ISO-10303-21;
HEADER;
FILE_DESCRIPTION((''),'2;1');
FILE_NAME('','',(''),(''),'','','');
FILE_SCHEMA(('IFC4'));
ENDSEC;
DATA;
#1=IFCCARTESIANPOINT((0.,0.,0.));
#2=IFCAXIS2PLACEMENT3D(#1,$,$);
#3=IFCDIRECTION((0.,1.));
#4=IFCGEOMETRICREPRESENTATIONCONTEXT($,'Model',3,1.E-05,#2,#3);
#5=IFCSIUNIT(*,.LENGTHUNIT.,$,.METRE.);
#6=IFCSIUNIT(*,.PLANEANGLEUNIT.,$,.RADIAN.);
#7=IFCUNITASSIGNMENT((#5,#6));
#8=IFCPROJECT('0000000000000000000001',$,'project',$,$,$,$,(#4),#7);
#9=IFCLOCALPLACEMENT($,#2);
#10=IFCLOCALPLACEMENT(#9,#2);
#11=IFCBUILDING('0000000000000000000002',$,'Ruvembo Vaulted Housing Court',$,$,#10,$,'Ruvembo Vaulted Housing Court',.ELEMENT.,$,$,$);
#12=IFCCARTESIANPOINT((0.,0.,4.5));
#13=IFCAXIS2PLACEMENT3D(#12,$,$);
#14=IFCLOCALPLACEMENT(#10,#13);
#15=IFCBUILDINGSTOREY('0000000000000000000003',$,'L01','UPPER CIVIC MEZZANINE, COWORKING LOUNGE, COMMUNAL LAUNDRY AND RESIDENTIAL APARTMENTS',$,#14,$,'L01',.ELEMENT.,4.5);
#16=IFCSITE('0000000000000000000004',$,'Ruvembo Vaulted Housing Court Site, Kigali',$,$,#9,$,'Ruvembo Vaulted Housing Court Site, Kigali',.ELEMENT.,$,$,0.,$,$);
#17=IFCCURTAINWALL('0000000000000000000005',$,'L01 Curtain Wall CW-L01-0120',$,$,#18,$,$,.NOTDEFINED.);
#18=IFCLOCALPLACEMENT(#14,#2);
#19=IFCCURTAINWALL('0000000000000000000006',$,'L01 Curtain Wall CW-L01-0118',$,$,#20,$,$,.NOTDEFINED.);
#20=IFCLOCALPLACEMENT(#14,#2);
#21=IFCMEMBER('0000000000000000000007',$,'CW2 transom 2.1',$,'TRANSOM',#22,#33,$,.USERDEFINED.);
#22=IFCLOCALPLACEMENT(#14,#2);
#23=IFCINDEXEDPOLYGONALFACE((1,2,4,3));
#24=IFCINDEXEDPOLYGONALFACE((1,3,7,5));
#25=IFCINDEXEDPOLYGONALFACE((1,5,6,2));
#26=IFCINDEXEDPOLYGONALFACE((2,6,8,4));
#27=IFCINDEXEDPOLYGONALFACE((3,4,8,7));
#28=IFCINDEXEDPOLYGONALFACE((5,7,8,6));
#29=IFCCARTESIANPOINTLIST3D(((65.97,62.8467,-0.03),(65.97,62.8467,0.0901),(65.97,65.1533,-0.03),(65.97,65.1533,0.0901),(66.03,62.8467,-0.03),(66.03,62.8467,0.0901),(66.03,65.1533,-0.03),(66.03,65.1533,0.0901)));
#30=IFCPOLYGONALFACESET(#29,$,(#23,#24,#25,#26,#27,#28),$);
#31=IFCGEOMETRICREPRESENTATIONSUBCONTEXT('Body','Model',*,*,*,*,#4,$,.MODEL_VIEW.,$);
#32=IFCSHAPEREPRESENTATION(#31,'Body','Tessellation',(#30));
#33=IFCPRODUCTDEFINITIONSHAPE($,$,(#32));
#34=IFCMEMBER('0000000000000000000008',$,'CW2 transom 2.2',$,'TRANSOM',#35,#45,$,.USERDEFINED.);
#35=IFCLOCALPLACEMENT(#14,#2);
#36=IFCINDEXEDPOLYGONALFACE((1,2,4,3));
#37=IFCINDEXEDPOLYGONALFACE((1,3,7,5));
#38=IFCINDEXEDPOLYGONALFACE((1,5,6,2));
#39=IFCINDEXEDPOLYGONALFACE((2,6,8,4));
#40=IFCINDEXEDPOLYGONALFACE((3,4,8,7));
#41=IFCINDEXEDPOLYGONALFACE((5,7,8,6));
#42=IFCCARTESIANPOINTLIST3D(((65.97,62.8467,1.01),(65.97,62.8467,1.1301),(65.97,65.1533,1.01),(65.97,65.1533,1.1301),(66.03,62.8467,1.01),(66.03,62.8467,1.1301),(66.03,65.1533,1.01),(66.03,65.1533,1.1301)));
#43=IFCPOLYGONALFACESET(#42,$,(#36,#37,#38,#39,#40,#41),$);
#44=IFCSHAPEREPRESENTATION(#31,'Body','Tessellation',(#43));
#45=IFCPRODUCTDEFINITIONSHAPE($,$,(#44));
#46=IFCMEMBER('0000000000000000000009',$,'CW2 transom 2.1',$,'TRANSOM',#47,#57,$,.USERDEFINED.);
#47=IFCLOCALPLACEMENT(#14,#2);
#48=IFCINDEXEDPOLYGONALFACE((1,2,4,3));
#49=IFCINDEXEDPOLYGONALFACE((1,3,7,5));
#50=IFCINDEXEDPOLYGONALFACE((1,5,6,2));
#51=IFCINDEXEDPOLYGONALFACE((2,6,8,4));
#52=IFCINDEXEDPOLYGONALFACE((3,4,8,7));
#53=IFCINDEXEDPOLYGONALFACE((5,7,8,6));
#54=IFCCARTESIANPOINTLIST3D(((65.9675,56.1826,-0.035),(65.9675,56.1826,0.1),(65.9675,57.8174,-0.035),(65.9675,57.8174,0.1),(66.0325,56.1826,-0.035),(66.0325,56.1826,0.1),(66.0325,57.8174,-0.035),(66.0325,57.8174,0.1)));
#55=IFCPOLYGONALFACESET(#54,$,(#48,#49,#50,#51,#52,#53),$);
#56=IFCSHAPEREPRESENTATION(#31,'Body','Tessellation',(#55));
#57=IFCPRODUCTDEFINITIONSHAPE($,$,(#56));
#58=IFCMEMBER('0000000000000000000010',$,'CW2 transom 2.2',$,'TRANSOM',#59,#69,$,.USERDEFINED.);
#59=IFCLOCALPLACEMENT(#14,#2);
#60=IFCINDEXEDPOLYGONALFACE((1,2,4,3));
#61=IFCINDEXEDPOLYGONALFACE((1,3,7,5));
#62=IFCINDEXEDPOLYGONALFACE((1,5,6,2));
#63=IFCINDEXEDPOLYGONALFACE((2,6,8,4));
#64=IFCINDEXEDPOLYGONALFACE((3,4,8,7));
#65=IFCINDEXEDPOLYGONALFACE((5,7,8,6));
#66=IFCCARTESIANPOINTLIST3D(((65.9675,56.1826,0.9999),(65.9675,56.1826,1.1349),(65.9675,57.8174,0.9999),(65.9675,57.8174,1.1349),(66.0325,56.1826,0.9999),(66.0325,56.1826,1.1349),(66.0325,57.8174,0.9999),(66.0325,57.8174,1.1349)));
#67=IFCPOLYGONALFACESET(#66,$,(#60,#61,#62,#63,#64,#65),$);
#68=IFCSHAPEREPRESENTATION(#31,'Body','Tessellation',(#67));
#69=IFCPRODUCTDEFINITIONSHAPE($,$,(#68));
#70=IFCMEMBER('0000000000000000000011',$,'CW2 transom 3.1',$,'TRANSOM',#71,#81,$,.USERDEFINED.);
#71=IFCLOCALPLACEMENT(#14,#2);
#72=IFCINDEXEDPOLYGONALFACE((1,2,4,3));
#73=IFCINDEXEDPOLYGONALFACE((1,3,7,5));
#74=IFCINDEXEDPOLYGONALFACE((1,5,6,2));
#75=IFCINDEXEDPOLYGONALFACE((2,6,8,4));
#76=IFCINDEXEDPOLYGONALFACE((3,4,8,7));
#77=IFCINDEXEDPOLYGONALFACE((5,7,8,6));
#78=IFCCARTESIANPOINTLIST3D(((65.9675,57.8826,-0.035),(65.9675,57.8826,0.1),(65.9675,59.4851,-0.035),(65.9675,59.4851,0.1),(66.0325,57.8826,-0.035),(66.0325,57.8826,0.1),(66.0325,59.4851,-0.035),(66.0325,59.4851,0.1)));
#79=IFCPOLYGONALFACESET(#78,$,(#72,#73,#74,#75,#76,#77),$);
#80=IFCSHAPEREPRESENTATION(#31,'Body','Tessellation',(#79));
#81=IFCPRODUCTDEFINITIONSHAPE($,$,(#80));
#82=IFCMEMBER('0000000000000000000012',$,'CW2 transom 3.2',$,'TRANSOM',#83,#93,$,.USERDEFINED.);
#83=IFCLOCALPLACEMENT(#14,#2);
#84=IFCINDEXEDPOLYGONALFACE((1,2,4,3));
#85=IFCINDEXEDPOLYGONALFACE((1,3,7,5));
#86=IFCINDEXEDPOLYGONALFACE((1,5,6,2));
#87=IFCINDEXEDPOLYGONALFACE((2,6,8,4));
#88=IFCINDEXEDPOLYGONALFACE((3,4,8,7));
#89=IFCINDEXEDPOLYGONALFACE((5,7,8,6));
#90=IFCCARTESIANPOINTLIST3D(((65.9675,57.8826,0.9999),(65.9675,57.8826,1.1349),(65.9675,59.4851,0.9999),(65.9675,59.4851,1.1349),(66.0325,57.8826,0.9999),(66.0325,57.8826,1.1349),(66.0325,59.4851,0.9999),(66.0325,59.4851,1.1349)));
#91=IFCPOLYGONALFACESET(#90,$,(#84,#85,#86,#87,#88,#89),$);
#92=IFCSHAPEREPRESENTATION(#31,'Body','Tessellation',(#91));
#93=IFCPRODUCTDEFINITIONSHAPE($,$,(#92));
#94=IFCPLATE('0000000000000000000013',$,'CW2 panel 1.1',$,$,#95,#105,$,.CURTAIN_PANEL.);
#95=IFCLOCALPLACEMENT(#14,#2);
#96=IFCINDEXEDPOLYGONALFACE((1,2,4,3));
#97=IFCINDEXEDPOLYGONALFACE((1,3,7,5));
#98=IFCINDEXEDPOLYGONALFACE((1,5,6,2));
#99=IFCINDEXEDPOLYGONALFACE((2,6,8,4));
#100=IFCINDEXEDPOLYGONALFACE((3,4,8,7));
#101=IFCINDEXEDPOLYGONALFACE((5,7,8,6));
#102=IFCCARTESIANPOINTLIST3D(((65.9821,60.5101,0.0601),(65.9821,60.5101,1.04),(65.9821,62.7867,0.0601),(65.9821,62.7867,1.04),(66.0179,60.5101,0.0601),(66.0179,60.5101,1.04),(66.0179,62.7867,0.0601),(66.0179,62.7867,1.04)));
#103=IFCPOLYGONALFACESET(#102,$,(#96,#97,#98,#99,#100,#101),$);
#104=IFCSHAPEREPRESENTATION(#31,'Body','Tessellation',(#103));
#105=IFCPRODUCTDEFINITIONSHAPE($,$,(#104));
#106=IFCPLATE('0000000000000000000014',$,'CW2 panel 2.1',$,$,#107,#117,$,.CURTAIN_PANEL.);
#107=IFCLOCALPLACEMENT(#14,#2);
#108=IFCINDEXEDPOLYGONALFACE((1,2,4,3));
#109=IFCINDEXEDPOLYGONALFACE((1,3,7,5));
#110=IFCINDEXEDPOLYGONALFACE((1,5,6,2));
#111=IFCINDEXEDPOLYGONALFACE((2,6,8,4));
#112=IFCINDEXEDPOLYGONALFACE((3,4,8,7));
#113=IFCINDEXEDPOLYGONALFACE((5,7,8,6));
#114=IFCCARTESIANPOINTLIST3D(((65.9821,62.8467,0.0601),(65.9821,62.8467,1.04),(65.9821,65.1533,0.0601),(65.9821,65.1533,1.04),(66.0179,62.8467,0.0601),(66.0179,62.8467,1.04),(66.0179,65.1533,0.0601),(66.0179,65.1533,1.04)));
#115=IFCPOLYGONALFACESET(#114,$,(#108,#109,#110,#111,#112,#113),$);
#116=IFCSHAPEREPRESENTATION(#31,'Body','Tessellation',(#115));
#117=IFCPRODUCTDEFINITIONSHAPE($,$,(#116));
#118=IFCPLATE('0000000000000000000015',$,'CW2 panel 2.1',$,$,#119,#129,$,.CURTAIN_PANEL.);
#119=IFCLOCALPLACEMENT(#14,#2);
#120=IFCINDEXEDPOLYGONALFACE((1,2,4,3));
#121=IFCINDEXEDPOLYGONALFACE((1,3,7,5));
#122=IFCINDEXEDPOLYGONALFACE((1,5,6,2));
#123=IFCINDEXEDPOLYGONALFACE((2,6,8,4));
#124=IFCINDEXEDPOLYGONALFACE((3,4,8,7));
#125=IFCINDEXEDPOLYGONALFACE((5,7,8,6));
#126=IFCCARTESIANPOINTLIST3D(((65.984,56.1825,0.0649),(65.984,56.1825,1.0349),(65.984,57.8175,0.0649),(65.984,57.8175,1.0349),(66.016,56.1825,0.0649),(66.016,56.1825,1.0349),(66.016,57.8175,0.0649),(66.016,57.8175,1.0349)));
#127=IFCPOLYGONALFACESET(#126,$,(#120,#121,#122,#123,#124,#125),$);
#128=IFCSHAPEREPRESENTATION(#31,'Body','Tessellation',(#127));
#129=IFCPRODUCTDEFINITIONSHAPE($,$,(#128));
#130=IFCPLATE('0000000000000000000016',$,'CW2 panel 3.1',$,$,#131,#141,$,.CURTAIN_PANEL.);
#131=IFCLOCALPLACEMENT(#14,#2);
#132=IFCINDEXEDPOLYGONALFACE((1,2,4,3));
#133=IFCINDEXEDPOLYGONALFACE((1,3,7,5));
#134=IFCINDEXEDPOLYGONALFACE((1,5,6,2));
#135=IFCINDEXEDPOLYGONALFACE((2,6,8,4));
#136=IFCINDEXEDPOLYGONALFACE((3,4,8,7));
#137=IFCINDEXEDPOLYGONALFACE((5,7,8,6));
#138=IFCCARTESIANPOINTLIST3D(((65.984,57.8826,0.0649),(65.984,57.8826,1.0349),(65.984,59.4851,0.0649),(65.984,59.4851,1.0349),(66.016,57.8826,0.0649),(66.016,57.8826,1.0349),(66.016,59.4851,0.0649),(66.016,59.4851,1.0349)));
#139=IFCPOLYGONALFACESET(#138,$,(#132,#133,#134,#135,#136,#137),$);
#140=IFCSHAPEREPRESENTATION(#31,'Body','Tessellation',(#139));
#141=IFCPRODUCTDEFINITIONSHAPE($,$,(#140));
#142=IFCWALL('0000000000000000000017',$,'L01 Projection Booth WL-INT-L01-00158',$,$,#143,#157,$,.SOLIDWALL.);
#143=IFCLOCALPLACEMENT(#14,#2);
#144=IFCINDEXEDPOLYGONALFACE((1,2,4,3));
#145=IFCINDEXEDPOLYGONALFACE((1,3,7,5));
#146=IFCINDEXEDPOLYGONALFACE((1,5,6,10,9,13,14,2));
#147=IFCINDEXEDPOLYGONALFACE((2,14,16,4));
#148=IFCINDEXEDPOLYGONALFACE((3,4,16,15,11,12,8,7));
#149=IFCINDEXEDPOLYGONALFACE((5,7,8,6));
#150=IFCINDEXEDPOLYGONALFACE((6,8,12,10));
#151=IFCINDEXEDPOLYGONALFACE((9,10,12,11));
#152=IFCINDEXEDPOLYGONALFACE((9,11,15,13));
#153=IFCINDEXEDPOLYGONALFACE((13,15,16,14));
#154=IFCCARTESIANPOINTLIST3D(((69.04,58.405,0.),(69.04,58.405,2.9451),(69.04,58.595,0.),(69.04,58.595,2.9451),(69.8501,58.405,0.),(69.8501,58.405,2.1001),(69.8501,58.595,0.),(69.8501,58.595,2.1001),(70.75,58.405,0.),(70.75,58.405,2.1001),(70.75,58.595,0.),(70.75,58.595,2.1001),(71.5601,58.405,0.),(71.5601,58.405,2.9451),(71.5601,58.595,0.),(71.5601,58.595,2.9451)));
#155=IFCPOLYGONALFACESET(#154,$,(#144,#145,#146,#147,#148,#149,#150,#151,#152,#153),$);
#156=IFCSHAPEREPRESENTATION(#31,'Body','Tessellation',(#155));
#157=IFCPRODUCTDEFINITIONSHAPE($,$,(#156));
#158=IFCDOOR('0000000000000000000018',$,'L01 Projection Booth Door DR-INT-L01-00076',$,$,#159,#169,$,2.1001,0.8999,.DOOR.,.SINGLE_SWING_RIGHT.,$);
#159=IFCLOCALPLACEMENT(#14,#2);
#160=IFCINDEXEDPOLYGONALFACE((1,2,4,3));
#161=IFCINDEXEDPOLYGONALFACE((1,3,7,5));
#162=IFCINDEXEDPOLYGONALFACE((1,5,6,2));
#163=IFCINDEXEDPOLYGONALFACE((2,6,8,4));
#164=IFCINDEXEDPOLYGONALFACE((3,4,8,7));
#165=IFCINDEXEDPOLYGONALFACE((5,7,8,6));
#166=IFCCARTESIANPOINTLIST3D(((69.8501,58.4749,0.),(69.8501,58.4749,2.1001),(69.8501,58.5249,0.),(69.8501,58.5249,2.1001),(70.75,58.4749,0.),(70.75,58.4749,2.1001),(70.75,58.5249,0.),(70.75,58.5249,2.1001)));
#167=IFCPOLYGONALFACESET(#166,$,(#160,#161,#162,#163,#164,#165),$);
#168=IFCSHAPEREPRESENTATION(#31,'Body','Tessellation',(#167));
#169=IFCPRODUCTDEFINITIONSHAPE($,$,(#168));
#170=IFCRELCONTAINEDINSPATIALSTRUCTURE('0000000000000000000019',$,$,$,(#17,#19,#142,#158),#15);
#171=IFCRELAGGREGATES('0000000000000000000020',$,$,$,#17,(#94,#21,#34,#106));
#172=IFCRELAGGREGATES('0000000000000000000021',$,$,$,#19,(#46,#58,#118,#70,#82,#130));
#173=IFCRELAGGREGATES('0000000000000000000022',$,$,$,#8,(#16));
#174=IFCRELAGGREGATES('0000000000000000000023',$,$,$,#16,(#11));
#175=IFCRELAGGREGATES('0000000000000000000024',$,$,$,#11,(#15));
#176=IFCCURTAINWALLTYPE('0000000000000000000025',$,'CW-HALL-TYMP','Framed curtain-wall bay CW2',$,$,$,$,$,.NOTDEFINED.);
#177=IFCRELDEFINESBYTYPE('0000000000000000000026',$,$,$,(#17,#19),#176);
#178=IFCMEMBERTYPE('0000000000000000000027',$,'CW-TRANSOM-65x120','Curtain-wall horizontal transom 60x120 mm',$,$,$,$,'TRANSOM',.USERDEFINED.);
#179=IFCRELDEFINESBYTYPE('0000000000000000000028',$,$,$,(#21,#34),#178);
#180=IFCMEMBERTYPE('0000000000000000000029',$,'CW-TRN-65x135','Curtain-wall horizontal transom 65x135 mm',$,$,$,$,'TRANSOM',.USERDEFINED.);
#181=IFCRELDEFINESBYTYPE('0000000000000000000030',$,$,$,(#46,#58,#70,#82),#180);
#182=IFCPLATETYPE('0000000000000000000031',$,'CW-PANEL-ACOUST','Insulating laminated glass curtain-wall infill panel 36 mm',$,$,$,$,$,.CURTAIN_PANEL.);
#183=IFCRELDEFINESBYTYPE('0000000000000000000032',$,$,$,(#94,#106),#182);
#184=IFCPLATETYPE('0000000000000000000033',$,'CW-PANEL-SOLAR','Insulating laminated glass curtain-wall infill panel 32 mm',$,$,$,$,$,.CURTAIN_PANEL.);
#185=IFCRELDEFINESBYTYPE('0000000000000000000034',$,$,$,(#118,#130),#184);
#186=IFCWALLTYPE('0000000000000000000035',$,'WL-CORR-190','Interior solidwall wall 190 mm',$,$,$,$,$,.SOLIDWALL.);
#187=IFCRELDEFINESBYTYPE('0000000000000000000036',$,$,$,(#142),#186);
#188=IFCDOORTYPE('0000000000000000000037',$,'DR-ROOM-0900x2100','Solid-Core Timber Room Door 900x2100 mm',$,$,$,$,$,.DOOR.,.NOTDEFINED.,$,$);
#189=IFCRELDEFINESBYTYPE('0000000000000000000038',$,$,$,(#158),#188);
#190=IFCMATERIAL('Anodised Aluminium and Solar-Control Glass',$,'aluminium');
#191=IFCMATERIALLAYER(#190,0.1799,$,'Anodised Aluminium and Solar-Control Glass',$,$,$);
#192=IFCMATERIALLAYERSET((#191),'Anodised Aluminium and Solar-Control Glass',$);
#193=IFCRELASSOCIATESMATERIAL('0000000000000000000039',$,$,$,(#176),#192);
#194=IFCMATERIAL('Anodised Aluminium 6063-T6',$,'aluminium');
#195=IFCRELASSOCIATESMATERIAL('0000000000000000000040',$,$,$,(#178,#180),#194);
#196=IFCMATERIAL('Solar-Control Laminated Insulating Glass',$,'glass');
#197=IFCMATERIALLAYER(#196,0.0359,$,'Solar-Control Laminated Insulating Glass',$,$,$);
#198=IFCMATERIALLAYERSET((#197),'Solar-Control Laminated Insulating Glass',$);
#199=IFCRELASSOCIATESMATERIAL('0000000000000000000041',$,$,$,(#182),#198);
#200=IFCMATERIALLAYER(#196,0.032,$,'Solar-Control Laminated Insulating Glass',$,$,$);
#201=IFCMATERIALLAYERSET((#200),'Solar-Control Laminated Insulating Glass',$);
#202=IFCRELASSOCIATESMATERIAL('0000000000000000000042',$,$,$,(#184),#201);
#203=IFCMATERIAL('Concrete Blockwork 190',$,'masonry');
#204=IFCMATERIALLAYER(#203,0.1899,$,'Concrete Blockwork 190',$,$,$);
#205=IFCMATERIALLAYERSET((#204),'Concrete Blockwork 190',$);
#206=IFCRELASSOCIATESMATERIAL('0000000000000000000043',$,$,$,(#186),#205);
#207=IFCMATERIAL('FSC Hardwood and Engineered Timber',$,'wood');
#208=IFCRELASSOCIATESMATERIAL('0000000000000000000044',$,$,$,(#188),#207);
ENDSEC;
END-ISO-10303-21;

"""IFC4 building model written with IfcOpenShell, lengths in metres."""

from ifc_helpers import new_model, si_unit, direction, frame, frame_2d, origin, origin_2d, place, context, subcontext, project, spatial, rectangle, extrude, material, layer, layer_set, material_profile, profile_set, type_object, element, fill, aggregate, save


model = new_model("IFC4")

# Units and contexts
model_context = context("Model", 3, precision=1e-05, world=origin(), true_north=direction((0.0, 1.0)))
body_context = subcontext(model_context, "Body", "Model", "MODEL_VIEW")
ifc_project = project(units=[si_unit("LENGTHUNIT", "METRE"), si_unit("PLANEANGLEUNIT", "RADIAN")], contexts=[model_context])

# Site, building, storey
site_placement = place(None, origin())
site = spatial("IfcSite", under=ifc_project, at=site_placement, Name="Ruvembo Vaulted Housing Court Site, Kigali", LongName="Ruvembo Vaulted Housing Court Site, Kigali", CompositionType="ELEMENT", RefElevation=0.0)
building_placement = place(site_placement, origin())
building = spatial("IfcBuilding", under=site, at=building_placement, Name="Ruvembo Vaulted Housing Court", LongName="Ruvembo Vaulted Housing Court", CompositionType="ELEMENT")
storey_placement = place(building_placement, frame((0.0, 0.0, 4.5)))
storey = spatial("IfcBuildingStorey", under=building, at=storey_placement, Name="L01", Description="UPPER CIVIC MEZZANINE, COWORKING LOUNGE, COMMUNAL LAUNDRY AND RESIDENTIAL APARTMENTS", LongName="L01", CompositionType="ELEMENT", Elevation=4.5)

# Curtain walls
ifc_material_1 = material(Name="Anodised Aluminium and Solar-Control Glass", Category="aluminium")
ifc_layer_1 = layer(ifc_material_1, 0.1799, Name="Anodised Aluminium and Solar-Control Glass")
ifc_layer_set_1 = layer_set([ifc_layer_1], Name="Anodised Aluminium and Solar-Control Glass")
curtain_wall_type = type_object("IfcCurtainWallType", Name="CW-HALL-TYMP", Description="Framed curtain-wall bay CW2", PredefinedType="NOTDEFINED", material=ifc_layer_set_1)
curtain_wall_1_placement = place(storey_placement, origin())
curtain_wall_1 = element("IfcCurtainWall", 1, at=curtain_wall_1_placement, inside=storey, type_object=curtain_wall_type, Name="L01 Curtain Wall CW-L01-0120", PredefinedType="NOTDEFINED")
ifc_material_2 = material(Name="Anodised Aluminium 6063-T6", Category="aluminium")
curtain_wall_2_placement = place(storey_placement, origin())
curtain_wall_2 = element("IfcCurtainWall", 2, at=curtain_wall_2_placement, inside=storey, type_object=curtain_wall_type, Name="L01 Curtain Wall CW-L01-0118", PredefinedType="NOTDEFINED")

# Members
ifc_material_profile_1 = material_profile(ifc_material_2, rectangle(XDim=0.0601, YDim=0.1201, at=origin_2d()), Name="ALU 60x120")
ifc_profile_set_1 = profile_set([ifc_material_profile_1], Name="Anodised Aluminium 6063-T6")
member_type_1 = type_object("IfcMemberType", Name="CW-TRANSOM-65x120", Description="Curtain-wall horizontal transom 60x120 mm", ElementType="TRANSOM", PredefinedType="USERDEFINED", material=ifc_profile_set_1)
member_1_placement = place(storey_placement, frame((66.0, 62.8467, 0.03), z_axis=(0.0, 1.0, 0.0), x_axis=(-1.0, 0.0, 0.0)))
member_1 = element("IfcMember", 3, at=member_1_placement, type_object=member_type_1, Name="CW2 transom 2.1", ObjectType="TRANSOM", PredefinedType="USERDEFINED", context=body_context, shape_type="SweptSolid", body=[
    extrude(rectangle(XDim=0.0601, YDim=0.1201, at=origin_2d()), origin(), (0.0, 0.0, 1.0), 2.3066),
])
member_2_placement = place(storey_placement, frame((66.0, 62.8467, 1.0701), z_axis=(0.0, 1.0, 0.0), x_axis=(-1.0, 0.0, 0.0)))
member_2 = element("IfcMember", 4, at=member_2_placement, type_object=member_type_1, Name="CW2 transom 2.2", ObjectType="TRANSOM", PredefinedType="USERDEFINED", context=body_context, shape_type="SweptSolid", body=[
    extrude(rectangle(XDim=0.0601, YDim=0.1201, at=origin_2d()), origin(), (0.0, 0.0, 1.0), 2.3066),
])
ifc_material_profile_2 = material_profile(ifc_material_2, rectangle(XDim=0.0649, YDim=0.135, at=origin_2d()), Name="ALU 65x135")
ifc_profile_set_2 = profile_set([ifc_material_profile_2], Name="Anodised Aluminium 6063-T6")
member_type_2 = type_object("IfcMemberType", Name="CW-TRN-65x135", Description="Curtain-wall horizontal transom 65x135 mm", ElementType="TRANSOM", PredefinedType="USERDEFINED", material=ifc_profile_set_2)
member_3_placement = place(storey_placement, frame((66.0, 56.1826, 0.0325), z_axis=(0.0, 1.0, 0.0), x_axis=(-1.0, 0.0, 0.0)))
member_3 = element("IfcMember", 5, at=member_3_placement, type_object=member_type_2, Name="CW2 transom 2.1", ObjectType="TRANSOM", PredefinedType="USERDEFINED", context=body_context, shape_type="SweptSolid", body=[
    extrude(rectangle(XDim=0.0649, YDim=0.135, at=origin_2d()), origin(), (0.0, 0.0, 1.0), 1.6348),
])
member_4_placement = place(storey_placement, frame((66.0, 56.1826, 1.0674), z_axis=(0.0, 1.0, 0.0), x_axis=(-1.0, 0.0, 0.0)))
member_4 = element("IfcMember", 6, at=member_4_placement, type_object=member_type_2, Name="CW2 transom 2.2", ObjectType="TRANSOM", PredefinedType="USERDEFINED", context=body_context, shape_type="SweptSolid", body=[
    extrude(rectangle(XDim=0.0649, YDim=0.135, at=origin_2d()), origin(), (0.0, 0.0, 1.0), 1.6348),
])
member_5_placement = place(storey_placement, frame((66.0, 57.8826, 0.0325), z_axis=(0.0, 1.0, 0.0), x_axis=(-1.0, 0.0, 0.0)))
member_5 = element("IfcMember", 7, at=member_5_placement, type_object=member_type_2, Name="CW2 transom 3.1", ObjectType="TRANSOM", PredefinedType="USERDEFINED", context=body_context, shape_type="SweptSolid", body=[
    extrude(rectangle(XDim=0.0649, YDim=0.135, at=origin_2d()), origin(), (0.0, 0.0, 1.0), 1.6025),
])
member_6_placement = place(storey_placement, frame((66.0, 57.8826, 1.0674), z_axis=(0.0, 1.0, 0.0), x_axis=(-1.0, 0.0, 0.0)))
member_6 = element("IfcMember", 8, at=member_6_placement, type_object=member_type_2, Name="CW2 transom 3.2", ObjectType="TRANSOM", PredefinedType="USERDEFINED", context=body_context, shape_type="SweptSolid", body=[
    extrude(rectangle(XDim=0.0649, YDim=0.135, at=origin_2d()), origin(), (0.0, 0.0, 1.0), 1.6025),
])

# Plates
ifc_material_3 = material(Name="Solar-Control Laminated Insulating Glass", Category="glass")
ifc_layer_2 = layer(ifc_material_3, 0.0359, Name="Solar-Control Laminated Insulating Glass")
ifc_layer_set_2 = layer_set([ifc_layer_2], Name="Solar-Control Laminated Insulating Glass")
plate_type_1 = type_object("IfcPlateType", Name="CW-PANEL-ACOUST", Description="Insulating laminated glass curtain-wall infill panel 36 mm", PredefinedType="CURTAIN_PANEL", material=ifc_layer_set_2)
plate_1_placement = place(storey_placement, frame((66.0, 61.6484, 0.0601), z_axis=(0.0, 0.0, 1.0), x_axis=(0.0, 1.0, 0.0)))
plate_1 = element("IfcPlate", 9, at=plate_1_placement, type_object=plate_type_1, Name="CW2 panel 1.1", PredefinedType="CURTAIN_PANEL", context=body_context, shape_type="SweptSolid", body=[
    extrude(rectangle(XDim=2.2766, YDim=0.0359, at=origin_2d()), origin(), (0.0, 0.0, 1.0), 0.98),
])
plate_2_placement = place(storey_placement, frame((66.0, 64.0, 0.0601), z_axis=(0.0, 0.0, 1.0), x_axis=(0.0, 1.0, 0.0)))
plate_2 = element("IfcPlate", 10, at=plate_2_placement, type_object=plate_type_1, Name="CW2 panel 2.1", PredefinedType="CURTAIN_PANEL", context=body_context, shape_type="SweptSolid", body=[
    extrude(rectangle(XDim=2.3066, YDim=0.0359, at=origin_2d()), origin(), (0.0, 0.0, 1.0), 0.98),
])
aggregate(curtain_wall_1, [plate_1, member_1, member_2, plate_2])
ifc_layer_3 = layer(ifc_material_3, 0.032, Name="Solar-Control Laminated Insulating Glass")
ifc_layer_set_3 = layer_set([ifc_layer_3], Name="Solar-Control Laminated Insulating Glass")
plate_type_2 = type_object("IfcPlateType", Name="CW-PANEL-SOLAR", Description="Insulating laminated glass curtain-wall infill panel 32 mm", PredefinedType="CURTAIN_PANEL", material=ifc_layer_set_3)
plate_3_placement = place(storey_placement, frame((66.0, 57.0, 0.0649), z_axis=(0.0, 0.0, 1.0), x_axis=(0.0, 1.0, 0.0)))
plate_3 = element("IfcPlate", 11, at=plate_3_placement, type_object=plate_type_2, Name="CW2 panel 2.1", PredefinedType="CURTAIN_PANEL", context=body_context, shape_type="SweptSolid", body=[
    extrude(rectangle(XDim=1.635, YDim=0.032, at=origin_2d()), origin(), (0.0, 0.0, 1.0), 0.97),
])
plate_4_placement = place(storey_placement, frame((66.0, 58.6838, 0.0649), z_axis=(0.0, 0.0, 1.0), x_axis=(0.0, 1.0, 0.0)))
plate_4 = element("IfcPlate", 12, at=plate_4_placement, type_object=plate_type_2, Name="CW2 panel 3.1", PredefinedType="CURTAIN_PANEL", context=body_context, shape_type="SweptSolid", body=[
    extrude(rectangle(XDim=1.6025, YDim=0.032, at=origin_2d()), origin(), (0.0, 0.0, 1.0), 0.97),
])
aggregate(curtain_wall_2, [member_3, member_4, plate_3, member_5, member_6, plate_4])

# Wall, opening, door
ifc_material_4 = material(Name="Concrete Blockwork 190", Category="masonry")
ifc_layer_4 = layer(ifc_material_4, 0.1899, Name="Concrete Blockwork 190")
ifc_layer_set_4 = layer_set([ifc_layer_4], Name="Concrete Blockwork 190")
wall_type_1 = type_object("IfcWallType", Name="WL-CORR-190", Description="Interior solidwall wall 190 mm", PredefinedType="SOLIDWALL", material=ifc_layer_set_4)
wall_1_placement = place(storey_placement, frame((69.04, 58.5, 0.0), z_axis=(0.0, 0.0, 1.0), x_axis=(1.0, 0.0, 0.0)))
wall_1 = element("IfcWall", 13, at=wall_1_placement, inside=storey, type_object=wall_type_1, Name="L01 Projection Booth WL-INT-L01-00158", PredefinedType="SOLIDWALL", context=body_context, shape_type="SweptSolid", body=[
    extrude(rectangle(XDim=2.52, YDim=0.1899, at=frame_2d((1.26, 0.0))), origin(), (0.0, 0.0, 1.0), 2.9451),
])
opening_1_placement = place(wall_1_placement, frame((0.8101, 0.0, 0.0)))
opening_1 = element("IfcOpeningElement", 14, at=opening_1_placement, cuts=wall_1, PredefinedType="OPENING", context=body_context, shape_type="SweptSolid", body=[
    extrude(rectangle(XDim=0.8999, YDim=2.1001, at=frame_2d((0.45, 1.05))), frame((0.0, 0.105, 0.0), z_axis=(0.0, -1.0, 0.0), x_axis=(1.0, 0.0, 0.0)), (0.0, 0.0, 1.0), 0.21),
])
ifc_material_5 = material(Name="FSC Hardwood and Engineered Timber", Category="wood")
door_type_1 = type_object("IfcDoorType", Name="DR-ROOM-0900x2100", Description="Solid-Core Timber Room Door 900x2100 mm", OperationType="NOTDEFINED", PredefinedType="DOOR", material=ifc_material_5)
door_1_placement = place(opening_1_placement, origin())
door_1 = element("IfcDoor", 15, at=door_1_placement, inside=storey, type_object=door_type_1, Name="L01 Projection Booth Door DR-INT-L01-00076", OperationType="SINGLE_SWING_RIGHT", OverallHeight=2.1001, OverallWidth=0.8999, PredefinedType="DOOR", context=body_context, shape_type="SweptSolid", body=[
    extrude(rectangle(XDim=0.8999, YDim=2.1001, at=frame_2d((0.45, 1.05))), frame((0.0, 0.0249, 0.0), z_axis=(0.0, -1.0, 0.0), x_axis=(1.0, 0.0, 0.0)), (0.0, 0.0, 1.0), 0.05),
])
fill(opening_1, door_1)

save(model, "model.ifc")
